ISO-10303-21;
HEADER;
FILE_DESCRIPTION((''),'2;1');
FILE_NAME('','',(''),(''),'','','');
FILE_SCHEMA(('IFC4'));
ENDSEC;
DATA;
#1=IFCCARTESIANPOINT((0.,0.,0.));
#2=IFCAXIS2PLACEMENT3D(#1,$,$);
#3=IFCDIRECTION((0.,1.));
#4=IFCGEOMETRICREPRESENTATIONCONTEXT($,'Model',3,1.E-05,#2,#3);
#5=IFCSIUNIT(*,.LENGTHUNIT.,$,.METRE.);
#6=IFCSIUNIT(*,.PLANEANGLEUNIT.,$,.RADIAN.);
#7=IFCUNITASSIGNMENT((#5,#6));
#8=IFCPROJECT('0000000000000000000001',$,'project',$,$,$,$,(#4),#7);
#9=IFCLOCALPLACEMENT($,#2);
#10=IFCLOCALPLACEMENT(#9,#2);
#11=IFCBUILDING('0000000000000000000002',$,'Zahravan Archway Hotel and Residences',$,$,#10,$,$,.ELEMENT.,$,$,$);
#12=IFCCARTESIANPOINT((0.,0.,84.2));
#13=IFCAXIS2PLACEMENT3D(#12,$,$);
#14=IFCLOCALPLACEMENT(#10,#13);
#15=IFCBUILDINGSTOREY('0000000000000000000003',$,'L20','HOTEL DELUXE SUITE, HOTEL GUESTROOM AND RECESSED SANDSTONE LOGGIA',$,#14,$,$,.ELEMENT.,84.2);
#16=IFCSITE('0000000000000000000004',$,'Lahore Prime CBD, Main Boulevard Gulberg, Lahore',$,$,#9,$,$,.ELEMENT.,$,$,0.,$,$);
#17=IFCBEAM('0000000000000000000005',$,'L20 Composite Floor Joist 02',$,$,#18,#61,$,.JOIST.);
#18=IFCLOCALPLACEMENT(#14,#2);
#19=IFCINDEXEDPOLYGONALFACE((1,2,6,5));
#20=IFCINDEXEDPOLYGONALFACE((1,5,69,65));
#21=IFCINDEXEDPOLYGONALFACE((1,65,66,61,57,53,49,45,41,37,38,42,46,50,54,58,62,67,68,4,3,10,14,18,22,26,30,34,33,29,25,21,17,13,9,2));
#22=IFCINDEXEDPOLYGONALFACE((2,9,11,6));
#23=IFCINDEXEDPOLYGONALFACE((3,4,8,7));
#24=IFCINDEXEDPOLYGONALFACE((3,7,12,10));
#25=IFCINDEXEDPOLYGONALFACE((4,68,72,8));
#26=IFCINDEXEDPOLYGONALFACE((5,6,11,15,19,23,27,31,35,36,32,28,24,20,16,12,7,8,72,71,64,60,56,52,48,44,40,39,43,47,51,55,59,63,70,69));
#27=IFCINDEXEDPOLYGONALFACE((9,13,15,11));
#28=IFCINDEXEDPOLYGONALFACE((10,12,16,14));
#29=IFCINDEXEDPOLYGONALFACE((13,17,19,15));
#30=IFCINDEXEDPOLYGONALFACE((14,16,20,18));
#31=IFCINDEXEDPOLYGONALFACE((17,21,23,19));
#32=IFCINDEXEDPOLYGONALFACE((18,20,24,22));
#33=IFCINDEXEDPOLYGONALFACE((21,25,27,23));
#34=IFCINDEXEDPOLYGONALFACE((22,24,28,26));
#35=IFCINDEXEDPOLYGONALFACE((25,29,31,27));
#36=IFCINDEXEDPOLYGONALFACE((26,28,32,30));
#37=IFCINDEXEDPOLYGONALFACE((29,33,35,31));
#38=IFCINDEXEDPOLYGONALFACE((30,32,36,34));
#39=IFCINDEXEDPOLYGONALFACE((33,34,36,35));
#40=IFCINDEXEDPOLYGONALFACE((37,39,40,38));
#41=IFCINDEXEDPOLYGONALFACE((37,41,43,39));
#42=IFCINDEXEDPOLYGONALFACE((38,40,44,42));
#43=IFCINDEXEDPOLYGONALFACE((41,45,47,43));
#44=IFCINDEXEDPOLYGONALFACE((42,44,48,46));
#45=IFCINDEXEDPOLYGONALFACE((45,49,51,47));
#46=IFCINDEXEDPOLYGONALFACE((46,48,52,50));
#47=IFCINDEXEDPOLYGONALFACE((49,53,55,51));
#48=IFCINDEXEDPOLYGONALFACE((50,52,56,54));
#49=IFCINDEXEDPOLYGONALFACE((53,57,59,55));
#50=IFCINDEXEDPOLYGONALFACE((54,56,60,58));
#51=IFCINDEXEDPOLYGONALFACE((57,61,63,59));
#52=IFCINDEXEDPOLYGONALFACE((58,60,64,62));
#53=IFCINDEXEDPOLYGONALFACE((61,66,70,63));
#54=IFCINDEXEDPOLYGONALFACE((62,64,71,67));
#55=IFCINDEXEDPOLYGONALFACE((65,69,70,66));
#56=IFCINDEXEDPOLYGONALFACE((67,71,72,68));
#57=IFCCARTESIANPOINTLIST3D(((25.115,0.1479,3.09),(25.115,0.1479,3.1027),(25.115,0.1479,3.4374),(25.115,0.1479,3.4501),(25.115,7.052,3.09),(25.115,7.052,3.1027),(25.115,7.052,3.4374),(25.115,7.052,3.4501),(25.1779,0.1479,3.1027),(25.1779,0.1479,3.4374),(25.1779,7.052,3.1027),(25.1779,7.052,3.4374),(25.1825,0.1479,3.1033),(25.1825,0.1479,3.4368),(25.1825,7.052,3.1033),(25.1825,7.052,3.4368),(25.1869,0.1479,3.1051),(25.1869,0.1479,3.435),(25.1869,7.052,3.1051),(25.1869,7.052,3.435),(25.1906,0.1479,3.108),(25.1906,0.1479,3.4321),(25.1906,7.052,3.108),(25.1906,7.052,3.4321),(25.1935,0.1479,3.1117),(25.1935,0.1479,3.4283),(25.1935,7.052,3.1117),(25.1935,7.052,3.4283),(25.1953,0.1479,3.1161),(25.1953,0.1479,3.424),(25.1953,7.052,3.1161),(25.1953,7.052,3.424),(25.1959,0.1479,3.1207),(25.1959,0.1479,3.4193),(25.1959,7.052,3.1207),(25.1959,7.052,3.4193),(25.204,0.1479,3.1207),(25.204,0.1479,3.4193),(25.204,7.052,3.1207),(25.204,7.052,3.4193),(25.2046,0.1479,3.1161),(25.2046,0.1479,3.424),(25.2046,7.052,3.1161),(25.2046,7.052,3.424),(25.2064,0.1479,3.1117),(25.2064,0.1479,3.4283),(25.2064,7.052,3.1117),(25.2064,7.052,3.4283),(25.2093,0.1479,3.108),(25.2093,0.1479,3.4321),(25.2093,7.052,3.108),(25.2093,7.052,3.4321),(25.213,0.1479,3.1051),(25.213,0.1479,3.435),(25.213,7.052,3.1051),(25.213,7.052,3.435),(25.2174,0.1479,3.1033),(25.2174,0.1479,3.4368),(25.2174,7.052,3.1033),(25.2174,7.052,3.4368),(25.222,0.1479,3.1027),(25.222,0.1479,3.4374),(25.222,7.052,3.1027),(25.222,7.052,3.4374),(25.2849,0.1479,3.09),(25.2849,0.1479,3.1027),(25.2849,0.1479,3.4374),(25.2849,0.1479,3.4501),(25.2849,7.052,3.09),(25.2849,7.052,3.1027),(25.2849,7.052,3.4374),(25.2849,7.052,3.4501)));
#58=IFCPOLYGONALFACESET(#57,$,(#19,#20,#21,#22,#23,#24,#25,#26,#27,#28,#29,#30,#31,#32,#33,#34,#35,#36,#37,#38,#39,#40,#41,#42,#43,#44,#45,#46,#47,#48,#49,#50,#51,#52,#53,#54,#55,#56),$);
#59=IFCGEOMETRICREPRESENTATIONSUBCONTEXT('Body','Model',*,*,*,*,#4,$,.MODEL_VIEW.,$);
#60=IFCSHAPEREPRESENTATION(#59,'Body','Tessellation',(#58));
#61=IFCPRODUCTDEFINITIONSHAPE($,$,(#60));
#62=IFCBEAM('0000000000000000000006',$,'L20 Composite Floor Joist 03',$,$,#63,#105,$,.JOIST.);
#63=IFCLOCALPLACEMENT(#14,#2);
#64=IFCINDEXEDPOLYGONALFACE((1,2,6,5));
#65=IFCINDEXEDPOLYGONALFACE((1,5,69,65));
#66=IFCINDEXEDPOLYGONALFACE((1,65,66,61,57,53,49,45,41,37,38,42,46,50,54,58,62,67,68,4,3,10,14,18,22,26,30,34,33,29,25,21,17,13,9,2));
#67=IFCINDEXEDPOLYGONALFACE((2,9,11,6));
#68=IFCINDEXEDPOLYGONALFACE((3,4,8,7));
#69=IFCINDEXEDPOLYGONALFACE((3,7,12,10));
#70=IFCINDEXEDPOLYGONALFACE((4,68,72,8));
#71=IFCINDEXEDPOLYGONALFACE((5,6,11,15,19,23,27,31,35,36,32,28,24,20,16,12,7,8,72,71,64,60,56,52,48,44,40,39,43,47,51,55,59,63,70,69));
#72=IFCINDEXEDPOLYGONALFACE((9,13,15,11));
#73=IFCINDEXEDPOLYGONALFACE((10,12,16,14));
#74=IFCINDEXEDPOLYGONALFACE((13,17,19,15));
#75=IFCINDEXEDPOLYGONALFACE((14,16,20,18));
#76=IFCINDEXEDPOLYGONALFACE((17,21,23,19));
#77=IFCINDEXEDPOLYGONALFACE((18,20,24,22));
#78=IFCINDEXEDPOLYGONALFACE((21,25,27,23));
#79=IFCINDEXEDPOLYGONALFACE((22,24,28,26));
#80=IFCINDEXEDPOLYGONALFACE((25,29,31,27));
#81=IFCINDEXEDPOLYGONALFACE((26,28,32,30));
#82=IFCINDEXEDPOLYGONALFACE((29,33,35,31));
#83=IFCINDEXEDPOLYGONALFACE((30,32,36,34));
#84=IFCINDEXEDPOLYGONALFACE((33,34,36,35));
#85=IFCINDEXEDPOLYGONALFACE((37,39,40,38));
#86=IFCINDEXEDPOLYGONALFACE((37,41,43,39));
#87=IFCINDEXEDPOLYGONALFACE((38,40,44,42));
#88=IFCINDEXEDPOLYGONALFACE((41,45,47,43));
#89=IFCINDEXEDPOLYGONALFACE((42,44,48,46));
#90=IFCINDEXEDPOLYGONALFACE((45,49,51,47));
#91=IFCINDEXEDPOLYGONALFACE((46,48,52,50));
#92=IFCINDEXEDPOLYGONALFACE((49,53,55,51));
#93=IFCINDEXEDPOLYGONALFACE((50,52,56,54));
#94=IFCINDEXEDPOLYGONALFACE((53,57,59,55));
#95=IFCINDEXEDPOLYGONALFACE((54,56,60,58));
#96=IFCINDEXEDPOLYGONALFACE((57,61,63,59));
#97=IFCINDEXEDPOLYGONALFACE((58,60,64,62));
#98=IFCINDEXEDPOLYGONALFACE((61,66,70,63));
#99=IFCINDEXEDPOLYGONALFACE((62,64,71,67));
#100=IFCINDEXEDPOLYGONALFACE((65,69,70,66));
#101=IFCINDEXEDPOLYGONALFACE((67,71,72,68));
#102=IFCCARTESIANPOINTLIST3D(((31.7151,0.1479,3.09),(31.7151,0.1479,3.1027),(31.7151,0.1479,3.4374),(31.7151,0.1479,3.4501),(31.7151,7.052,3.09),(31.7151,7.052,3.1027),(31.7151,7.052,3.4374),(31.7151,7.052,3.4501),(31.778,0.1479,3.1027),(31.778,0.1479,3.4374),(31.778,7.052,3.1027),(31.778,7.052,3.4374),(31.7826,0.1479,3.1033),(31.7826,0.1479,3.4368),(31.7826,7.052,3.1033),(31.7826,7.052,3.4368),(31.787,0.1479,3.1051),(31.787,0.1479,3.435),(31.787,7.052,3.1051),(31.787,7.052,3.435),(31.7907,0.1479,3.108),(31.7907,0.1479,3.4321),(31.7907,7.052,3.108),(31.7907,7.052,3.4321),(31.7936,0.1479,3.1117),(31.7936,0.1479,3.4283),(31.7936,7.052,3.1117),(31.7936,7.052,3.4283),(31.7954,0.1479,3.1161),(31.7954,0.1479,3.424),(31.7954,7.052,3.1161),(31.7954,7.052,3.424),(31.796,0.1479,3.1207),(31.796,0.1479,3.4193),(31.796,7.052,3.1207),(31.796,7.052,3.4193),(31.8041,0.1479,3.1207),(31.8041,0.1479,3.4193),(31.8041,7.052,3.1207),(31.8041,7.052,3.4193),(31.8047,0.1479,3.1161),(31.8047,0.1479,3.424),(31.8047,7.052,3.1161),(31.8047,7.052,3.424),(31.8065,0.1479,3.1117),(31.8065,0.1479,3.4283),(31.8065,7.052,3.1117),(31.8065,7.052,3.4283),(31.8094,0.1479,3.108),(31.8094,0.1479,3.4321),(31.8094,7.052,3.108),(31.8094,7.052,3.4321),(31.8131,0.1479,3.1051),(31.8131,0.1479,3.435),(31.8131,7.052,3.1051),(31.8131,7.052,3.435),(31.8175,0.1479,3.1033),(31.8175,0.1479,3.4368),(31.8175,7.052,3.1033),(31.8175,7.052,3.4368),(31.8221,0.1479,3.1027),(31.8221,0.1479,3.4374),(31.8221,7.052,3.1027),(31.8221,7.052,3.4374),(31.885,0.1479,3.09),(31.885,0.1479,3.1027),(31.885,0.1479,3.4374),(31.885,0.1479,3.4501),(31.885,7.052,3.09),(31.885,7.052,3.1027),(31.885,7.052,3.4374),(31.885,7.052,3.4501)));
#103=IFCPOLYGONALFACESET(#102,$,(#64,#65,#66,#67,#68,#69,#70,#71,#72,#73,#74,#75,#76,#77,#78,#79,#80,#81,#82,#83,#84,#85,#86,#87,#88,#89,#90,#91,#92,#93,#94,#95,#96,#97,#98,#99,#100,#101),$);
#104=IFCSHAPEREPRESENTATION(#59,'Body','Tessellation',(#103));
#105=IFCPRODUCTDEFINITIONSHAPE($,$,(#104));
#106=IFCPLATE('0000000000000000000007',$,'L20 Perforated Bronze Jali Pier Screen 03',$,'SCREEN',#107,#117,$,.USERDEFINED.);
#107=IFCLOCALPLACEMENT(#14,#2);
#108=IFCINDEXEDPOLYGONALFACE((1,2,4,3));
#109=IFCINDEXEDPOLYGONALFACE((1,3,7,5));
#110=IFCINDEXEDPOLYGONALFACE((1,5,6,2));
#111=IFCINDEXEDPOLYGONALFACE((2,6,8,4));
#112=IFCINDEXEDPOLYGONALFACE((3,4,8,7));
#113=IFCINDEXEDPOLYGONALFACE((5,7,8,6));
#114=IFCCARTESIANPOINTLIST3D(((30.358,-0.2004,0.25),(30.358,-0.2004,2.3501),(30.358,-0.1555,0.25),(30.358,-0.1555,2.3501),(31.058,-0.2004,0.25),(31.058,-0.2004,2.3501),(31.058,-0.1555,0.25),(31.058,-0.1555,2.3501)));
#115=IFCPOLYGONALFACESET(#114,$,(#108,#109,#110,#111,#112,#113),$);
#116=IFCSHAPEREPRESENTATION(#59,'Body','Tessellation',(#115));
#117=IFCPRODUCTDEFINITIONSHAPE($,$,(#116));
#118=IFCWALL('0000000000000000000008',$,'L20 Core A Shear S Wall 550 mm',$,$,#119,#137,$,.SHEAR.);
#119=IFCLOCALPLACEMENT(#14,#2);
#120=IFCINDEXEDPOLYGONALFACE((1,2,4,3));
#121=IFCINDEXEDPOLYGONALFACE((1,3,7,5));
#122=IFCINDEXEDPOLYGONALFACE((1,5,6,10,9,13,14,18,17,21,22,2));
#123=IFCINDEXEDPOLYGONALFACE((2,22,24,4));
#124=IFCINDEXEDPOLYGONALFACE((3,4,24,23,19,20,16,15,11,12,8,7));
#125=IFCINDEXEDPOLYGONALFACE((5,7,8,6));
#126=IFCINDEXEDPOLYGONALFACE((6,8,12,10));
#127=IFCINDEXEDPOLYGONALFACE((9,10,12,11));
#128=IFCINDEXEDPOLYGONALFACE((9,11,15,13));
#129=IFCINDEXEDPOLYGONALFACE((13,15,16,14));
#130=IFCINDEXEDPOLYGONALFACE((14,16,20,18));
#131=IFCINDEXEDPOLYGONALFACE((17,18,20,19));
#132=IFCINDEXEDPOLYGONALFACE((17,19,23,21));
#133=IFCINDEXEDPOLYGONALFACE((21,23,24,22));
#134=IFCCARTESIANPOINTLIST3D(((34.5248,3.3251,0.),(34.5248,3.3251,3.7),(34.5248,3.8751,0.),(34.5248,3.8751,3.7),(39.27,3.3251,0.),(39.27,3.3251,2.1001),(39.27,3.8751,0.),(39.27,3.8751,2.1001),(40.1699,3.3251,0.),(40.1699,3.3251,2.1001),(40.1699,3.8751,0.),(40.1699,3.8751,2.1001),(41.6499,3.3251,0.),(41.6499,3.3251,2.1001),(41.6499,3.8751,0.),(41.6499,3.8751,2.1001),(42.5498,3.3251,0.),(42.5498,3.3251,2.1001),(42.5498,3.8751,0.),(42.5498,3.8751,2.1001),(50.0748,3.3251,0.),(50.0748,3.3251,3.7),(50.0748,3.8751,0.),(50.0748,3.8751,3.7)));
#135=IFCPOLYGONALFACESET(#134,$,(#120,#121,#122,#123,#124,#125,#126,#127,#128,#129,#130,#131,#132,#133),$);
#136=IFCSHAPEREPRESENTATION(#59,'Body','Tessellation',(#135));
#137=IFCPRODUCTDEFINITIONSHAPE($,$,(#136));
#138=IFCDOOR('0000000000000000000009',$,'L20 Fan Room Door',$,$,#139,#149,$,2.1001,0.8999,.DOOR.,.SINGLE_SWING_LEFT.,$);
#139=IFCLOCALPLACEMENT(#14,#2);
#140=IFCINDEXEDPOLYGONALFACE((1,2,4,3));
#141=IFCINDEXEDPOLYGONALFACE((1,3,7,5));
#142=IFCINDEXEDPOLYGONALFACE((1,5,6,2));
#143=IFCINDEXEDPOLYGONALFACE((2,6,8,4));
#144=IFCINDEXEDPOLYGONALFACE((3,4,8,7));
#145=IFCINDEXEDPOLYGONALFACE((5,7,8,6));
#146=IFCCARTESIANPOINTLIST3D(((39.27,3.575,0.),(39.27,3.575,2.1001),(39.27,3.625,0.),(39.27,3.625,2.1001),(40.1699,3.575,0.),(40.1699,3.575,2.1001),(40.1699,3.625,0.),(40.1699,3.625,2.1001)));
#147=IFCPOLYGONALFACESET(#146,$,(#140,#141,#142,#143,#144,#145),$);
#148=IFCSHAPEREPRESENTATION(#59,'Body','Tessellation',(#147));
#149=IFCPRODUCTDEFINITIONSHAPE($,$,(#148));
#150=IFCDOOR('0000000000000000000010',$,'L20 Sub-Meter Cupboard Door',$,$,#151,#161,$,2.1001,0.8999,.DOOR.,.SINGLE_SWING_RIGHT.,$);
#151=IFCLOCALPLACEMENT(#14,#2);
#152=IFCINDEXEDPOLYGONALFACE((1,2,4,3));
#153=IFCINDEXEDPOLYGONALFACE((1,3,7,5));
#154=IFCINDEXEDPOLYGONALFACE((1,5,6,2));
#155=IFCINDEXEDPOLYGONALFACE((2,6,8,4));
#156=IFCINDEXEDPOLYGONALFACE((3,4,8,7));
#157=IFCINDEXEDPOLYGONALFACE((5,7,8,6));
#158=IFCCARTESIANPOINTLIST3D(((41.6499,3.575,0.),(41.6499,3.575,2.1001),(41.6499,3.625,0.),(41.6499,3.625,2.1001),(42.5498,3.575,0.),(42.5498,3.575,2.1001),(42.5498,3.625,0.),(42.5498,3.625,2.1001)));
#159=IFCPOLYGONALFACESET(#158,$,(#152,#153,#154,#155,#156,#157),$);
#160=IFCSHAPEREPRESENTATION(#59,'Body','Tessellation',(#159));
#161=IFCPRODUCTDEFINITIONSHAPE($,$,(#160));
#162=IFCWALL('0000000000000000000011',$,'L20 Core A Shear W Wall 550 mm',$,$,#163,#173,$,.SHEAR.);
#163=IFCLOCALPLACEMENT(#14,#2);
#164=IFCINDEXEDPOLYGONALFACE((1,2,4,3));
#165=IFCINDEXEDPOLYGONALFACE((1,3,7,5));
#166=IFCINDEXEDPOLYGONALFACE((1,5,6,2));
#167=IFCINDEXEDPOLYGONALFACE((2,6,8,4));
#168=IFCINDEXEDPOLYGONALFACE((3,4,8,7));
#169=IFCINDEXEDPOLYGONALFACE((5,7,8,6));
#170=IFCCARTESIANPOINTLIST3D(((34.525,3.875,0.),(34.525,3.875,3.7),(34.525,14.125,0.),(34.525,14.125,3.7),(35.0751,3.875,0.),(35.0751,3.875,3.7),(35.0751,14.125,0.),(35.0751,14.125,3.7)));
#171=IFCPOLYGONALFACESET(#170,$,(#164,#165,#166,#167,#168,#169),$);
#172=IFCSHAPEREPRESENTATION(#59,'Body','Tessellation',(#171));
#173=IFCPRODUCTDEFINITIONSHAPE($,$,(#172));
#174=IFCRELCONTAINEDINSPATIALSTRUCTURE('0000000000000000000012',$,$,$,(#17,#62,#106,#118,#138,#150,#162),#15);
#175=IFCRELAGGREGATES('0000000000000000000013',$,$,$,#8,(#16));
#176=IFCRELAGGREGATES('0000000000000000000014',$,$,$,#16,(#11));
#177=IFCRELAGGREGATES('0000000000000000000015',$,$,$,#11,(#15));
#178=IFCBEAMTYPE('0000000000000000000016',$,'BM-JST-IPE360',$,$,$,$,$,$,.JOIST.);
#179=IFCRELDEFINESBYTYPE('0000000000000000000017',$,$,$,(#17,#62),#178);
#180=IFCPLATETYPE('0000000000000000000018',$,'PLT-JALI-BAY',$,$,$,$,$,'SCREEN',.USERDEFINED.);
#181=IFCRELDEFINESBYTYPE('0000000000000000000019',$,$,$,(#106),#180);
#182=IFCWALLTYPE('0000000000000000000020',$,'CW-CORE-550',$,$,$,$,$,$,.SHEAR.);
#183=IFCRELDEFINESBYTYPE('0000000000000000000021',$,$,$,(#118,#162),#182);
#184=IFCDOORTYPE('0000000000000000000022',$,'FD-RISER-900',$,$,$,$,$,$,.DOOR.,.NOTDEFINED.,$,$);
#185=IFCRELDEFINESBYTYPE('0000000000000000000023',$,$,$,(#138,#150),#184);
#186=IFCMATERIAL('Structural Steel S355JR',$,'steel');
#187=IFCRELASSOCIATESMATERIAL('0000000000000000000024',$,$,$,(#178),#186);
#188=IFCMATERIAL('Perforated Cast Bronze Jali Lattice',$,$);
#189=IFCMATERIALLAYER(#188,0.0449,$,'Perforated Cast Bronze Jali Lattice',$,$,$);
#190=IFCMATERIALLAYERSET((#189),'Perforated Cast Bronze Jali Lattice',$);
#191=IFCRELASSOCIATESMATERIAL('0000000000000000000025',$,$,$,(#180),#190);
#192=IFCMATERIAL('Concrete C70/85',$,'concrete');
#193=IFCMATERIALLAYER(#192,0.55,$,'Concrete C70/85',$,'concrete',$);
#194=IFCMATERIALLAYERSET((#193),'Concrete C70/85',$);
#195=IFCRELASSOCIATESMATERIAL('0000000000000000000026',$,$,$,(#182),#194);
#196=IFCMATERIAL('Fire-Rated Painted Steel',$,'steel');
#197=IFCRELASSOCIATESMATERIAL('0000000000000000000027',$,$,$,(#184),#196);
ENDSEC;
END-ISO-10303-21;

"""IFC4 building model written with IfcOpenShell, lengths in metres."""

from ifc_helpers import new_model, si_unit, direction, frame, frame_2d, origin, origin_2d, place, context, subcontext, project, spatial, rectangle, i_section, extrude, source, transform, mapped, material, layer, layer_set, material_profile, profile_set, type_object, type_shapes, element, fill, save


model = new_model("IFC4")

# Units and contexts
model_context = context("Model", 3, precision=1e-05, world=origin(), true_north=direction((0.0, 1.0)))
body_context = subcontext(model_context, "Body", "Model", "MODEL_VIEW")
ifc_project = project(units=[si_unit("LENGTHUNIT", "METRE"), si_unit("PLANEANGLEUNIT", "RADIAN")], contexts=[model_context])

# Site, building, storey
site_placement = place(None, origin())
site = spatial("IfcSite", under=ifc_project, at=site_placement, Name="Lahore Prime CBD, Main Boulevard Gulberg, Lahore", CompositionType="ELEMENT", RefElevation=0.0)
building_placement = place(site_placement, origin())
building = spatial("IfcBuilding", under=site, at=building_placement, Name="Zahravan Archway Hotel and Residences", CompositionType="ELEMENT")
storey_placement = place(building_placement, frame((0.0, 0.0, 84.2)))
storey = spatial("IfcBuildingStorey", under=building, at=storey_placement, Name="L20", Description="HOTEL DELUXE SUITE, HOTEL GUESTROOM AND RECESSED SANDSTONE LOGGIA", CompositionType="ELEMENT", Elevation=84.2)

# Shared definitions
ifc_material_1 = material(Name="Concrete C70/85", Category="concrete")

# Beams
ifc_material_2 = material(Name="Structural Steel S355JR", Category="steel")
ifc_material_profile_1 = material_profile(ifc_material_2, i_section(OverallWidth=0.1699, OverallDepth=0.3601, WebThickness=0.0081, FlangeThickness=0.0127, FilletRadius=0.0181, at=origin_2d()), Name="IPE 360", Category="steel")
ifc_profile_set_1 = profile_set([ifc_material_profile_1], Name="Structural Steel S355JR")
beam_type_1 = type_object("IfcBeamType", Name="BM-JST-IPE360", PredefinedType="JOIST", material=ifc_profile_set_1)
shared_shape_1 = source(origin(), body_context, "Body", "SweptSolid", [
    extrude(i_section(OverallWidth=0.1699, OverallDepth=0.3601, WebThickness=0.0081, FlangeThickness=0.0127, FilletRadius=0.0181, at=origin_2d()), origin(), (0.0, 0.0, 1.0), 6.9041),
])
type_shapes(beam_type_1, [shared_shape_1])
for number, where, z_axis, x_axis, name in (
    (1, (25.2, 0.1479, 3.27), (0.0, 1.0, 0.0), (-1.0, 0.0, 0.0), "L20 Composite Floor Joist 02"),
    (2, (31.8, 0.1479, 3.27), (0.0, 1.0, 0.0), (-1.0, 0.0, 0.0), "L20 Composite Floor Joist 03"),
):
    element("IfcBeam", number, at=place(storey_placement, frame(where, z_axis=z_axis, x_axis=x_axis)), inside=storey, type_object=beam_type_1, Name=name, PredefinedType="JOIST", context=body_context, shape_type="MappedRepresentation", body=[
        mapped(shared_shape_1, transform((0.0, 0.0, 0.0), scale=1.0)),
    ])

# Plate
ifc_material_3 = material(Name="Perforated Cast Bronze Jali Lattice")
ifc_layer_1 = layer(ifc_material_3, 0.0449, Name="Perforated Cast Bronze Jali Lattice")
ifc_layer_set_1 = layer_set([ifc_layer_1], Name="Perforated Cast Bronze Jali Lattice")
plate_type = type_object("IfcPlateType", Name="PLT-JALI-BAY", ElementType="SCREEN", PredefinedType="USERDEFINED", material=ifc_layer_set_1)
shared_shape_2 = source(origin(), body_context, "Body", "SweptSolid", [
    extrude(rectangle(XDim=0.7, YDim=0.0449, at=origin_2d()), origin(), (0.0, 0.0, 1.0), 2.1001),
])
type_shapes(plate_type, [shared_shape_2])
plate_placement = place(storey_placement, frame((30.708, -0.178, 0.25), z_axis=(0.0, 0.0, 1.0), x_axis=(1.0, 0.0, 0.0)))
element("IfcPlate", 3, at=plate_placement, inside=storey, type_object=plate_type, Name="L20 Perforated Bronze Jali Pier Screen 03", ObjectType="SCREEN", PredefinedType="USERDEFINED", context=body_context, shape_type="MappedRepresentation", body=[
    mapped(shared_shape_2, transform((0.0, 0.0, 0.0), scale=1.0)),
])

# Wall, openings, doors
ifc_layer_2 = layer(ifc_material_1, 0.55, Name="Concrete C70/85", Category="concrete")
ifc_layer_set_2 = layer_set([ifc_layer_2], Name="Concrete C70/85")
wall_type_1 = type_object("IfcWallType", Name="CW-CORE-550", PredefinedType="SHEAR", material=ifc_layer_set_2)
wall_1_placement = place(storey_placement, frame((34.5249, 3.6001, 0.0), z_axis=(0.0, 0.0, 1.0), x_axis=(1.0, 0.0, 0.0)))
wall_1 = element("IfcWall", 4, at=wall_1_placement, inside=storey, type_object=wall_type_1, Name="L20 Core A Shear S Wall 550 mm", PredefinedType="SHEAR", context=body_context, shape_type="SweptSolid", body=[
    extrude(rectangle(XDim=15.55, YDim=0.55, at=frame_2d((7.7749, 0.0))), origin(), (0.0, 0.0, 1.0), 3.7),
])
opening_1_placement = place(wall_1_placement, frame((4.7451, 0.0, 0.0)))
opening_1 = element("IfcOpeningElement", 5, at=opening_1_placement, cuts=wall_1, PredefinedType="OPENING", context=body_context, shape_type="SweptSolid", body=[
    extrude(rectangle(XDim=0.8999, YDim=2.1001, at=frame_2d((0.45, 1.05))), frame((0.0, 0.2852, 0.0), z_axis=(0.0, -1.0, 0.0), x_axis=(1.0, 0.0, 0.0)), (0.0, 0.0, 1.0), 0.5701),
])
opening_2_placement = place(wall_1_placement, frame((7.125, 0.0, 0.0)))
opening_2 = element("IfcOpeningElement", 6, at=opening_2_placement, cuts=wall_1, PredefinedType="OPENING", context=body_context, shape_type="SweptSolid", body=[
    extrude(rectangle(XDim=0.8999, YDim=2.1001, at=frame_2d((0.45, 1.05))), frame((0.0, 0.2852, 0.0), z_axis=(0.0, -1.0, 0.0), x_axis=(1.0, 0.0, 0.0)), (0.0, 0.0, 1.0), 0.5701),
])
ifc_material_4 = material(Name="Fire-Rated Painted Steel", Category="steel")
door_type_1 = type_object("IfcDoorType", Name="FD-RISER-900", OperationType="NOTDEFINED", PredefinedType="DOOR", material=ifc_material_4)
shared_shape_3 = source(origin(), body_context, "Body", "SweptSolid", [
    extrude(rectangle(XDim=0.8999, YDim=2.1001, at=frame_2d((0.45, 1.05))), frame((0.0, 0.0249, 0.0), z_axis=(0.0, -1.0, 0.0), x_axis=(1.0, 0.0, 0.0)), (0.0, 0.0, 1.0), 0.05),
])
type_shapes(door_type_1, [shared_shape_3])
door_1_placement = place(opening_1_placement, origin())
door_1 = element("IfcDoor", 7, at=door_1_placement, inside=storey, type_object=door_type_1, Name="L20 Fan Room Door", OperationType="SINGLE_SWING_LEFT", OverallHeight=2.1001, OverallWidth=0.8999, PredefinedType="DOOR", context=body_context, shape_type="MappedRepresentation", body=[
    mapped(shared_shape_3, transform((0.0, 0.0, 0.0), scale=1.0)),
])
fill(opening_1, door_1)
door_2_placement = place(opening_2_placement, origin())
door_2 = element("IfcDoor", 8, at=door_2_placement, inside=storey, type_object=door_type_1, Name="L20 Sub-Meter Cupboard Door", OperationType="SINGLE_SWING_RIGHT", OverallHeight=2.1001, OverallWidth=0.8999, PredefinedType="DOOR", context=body_context, shape_type="MappedRepresentation", body=[
    mapped(shared_shape_3, transform((0.0, 0.0, 0.0), scale=1.0)),
])
fill(opening_2, door_2)

# Wall
wall_2_placement = place(storey_placement, frame((34.8, 3.875, 0.0), z_axis=(0.0, 0.0, 1.0), x_axis=(0.0, 1.0, 0.0)))
element("IfcWall", 9, at=wall_2_placement, inside=storey, type_object=wall_type_1, Name="L20 Core A Shear W Wall 550 mm", PredefinedType="SHEAR", context=body_context, shape_type="SweptSolid", body=[
    extrude(rectangle(XDim=10.25, YDim=0.55, at=frame_2d((5.125, 0.0))), origin(), (0.0, 0.0, 1.0), 3.7),
])

save(model, "model.ifc")
